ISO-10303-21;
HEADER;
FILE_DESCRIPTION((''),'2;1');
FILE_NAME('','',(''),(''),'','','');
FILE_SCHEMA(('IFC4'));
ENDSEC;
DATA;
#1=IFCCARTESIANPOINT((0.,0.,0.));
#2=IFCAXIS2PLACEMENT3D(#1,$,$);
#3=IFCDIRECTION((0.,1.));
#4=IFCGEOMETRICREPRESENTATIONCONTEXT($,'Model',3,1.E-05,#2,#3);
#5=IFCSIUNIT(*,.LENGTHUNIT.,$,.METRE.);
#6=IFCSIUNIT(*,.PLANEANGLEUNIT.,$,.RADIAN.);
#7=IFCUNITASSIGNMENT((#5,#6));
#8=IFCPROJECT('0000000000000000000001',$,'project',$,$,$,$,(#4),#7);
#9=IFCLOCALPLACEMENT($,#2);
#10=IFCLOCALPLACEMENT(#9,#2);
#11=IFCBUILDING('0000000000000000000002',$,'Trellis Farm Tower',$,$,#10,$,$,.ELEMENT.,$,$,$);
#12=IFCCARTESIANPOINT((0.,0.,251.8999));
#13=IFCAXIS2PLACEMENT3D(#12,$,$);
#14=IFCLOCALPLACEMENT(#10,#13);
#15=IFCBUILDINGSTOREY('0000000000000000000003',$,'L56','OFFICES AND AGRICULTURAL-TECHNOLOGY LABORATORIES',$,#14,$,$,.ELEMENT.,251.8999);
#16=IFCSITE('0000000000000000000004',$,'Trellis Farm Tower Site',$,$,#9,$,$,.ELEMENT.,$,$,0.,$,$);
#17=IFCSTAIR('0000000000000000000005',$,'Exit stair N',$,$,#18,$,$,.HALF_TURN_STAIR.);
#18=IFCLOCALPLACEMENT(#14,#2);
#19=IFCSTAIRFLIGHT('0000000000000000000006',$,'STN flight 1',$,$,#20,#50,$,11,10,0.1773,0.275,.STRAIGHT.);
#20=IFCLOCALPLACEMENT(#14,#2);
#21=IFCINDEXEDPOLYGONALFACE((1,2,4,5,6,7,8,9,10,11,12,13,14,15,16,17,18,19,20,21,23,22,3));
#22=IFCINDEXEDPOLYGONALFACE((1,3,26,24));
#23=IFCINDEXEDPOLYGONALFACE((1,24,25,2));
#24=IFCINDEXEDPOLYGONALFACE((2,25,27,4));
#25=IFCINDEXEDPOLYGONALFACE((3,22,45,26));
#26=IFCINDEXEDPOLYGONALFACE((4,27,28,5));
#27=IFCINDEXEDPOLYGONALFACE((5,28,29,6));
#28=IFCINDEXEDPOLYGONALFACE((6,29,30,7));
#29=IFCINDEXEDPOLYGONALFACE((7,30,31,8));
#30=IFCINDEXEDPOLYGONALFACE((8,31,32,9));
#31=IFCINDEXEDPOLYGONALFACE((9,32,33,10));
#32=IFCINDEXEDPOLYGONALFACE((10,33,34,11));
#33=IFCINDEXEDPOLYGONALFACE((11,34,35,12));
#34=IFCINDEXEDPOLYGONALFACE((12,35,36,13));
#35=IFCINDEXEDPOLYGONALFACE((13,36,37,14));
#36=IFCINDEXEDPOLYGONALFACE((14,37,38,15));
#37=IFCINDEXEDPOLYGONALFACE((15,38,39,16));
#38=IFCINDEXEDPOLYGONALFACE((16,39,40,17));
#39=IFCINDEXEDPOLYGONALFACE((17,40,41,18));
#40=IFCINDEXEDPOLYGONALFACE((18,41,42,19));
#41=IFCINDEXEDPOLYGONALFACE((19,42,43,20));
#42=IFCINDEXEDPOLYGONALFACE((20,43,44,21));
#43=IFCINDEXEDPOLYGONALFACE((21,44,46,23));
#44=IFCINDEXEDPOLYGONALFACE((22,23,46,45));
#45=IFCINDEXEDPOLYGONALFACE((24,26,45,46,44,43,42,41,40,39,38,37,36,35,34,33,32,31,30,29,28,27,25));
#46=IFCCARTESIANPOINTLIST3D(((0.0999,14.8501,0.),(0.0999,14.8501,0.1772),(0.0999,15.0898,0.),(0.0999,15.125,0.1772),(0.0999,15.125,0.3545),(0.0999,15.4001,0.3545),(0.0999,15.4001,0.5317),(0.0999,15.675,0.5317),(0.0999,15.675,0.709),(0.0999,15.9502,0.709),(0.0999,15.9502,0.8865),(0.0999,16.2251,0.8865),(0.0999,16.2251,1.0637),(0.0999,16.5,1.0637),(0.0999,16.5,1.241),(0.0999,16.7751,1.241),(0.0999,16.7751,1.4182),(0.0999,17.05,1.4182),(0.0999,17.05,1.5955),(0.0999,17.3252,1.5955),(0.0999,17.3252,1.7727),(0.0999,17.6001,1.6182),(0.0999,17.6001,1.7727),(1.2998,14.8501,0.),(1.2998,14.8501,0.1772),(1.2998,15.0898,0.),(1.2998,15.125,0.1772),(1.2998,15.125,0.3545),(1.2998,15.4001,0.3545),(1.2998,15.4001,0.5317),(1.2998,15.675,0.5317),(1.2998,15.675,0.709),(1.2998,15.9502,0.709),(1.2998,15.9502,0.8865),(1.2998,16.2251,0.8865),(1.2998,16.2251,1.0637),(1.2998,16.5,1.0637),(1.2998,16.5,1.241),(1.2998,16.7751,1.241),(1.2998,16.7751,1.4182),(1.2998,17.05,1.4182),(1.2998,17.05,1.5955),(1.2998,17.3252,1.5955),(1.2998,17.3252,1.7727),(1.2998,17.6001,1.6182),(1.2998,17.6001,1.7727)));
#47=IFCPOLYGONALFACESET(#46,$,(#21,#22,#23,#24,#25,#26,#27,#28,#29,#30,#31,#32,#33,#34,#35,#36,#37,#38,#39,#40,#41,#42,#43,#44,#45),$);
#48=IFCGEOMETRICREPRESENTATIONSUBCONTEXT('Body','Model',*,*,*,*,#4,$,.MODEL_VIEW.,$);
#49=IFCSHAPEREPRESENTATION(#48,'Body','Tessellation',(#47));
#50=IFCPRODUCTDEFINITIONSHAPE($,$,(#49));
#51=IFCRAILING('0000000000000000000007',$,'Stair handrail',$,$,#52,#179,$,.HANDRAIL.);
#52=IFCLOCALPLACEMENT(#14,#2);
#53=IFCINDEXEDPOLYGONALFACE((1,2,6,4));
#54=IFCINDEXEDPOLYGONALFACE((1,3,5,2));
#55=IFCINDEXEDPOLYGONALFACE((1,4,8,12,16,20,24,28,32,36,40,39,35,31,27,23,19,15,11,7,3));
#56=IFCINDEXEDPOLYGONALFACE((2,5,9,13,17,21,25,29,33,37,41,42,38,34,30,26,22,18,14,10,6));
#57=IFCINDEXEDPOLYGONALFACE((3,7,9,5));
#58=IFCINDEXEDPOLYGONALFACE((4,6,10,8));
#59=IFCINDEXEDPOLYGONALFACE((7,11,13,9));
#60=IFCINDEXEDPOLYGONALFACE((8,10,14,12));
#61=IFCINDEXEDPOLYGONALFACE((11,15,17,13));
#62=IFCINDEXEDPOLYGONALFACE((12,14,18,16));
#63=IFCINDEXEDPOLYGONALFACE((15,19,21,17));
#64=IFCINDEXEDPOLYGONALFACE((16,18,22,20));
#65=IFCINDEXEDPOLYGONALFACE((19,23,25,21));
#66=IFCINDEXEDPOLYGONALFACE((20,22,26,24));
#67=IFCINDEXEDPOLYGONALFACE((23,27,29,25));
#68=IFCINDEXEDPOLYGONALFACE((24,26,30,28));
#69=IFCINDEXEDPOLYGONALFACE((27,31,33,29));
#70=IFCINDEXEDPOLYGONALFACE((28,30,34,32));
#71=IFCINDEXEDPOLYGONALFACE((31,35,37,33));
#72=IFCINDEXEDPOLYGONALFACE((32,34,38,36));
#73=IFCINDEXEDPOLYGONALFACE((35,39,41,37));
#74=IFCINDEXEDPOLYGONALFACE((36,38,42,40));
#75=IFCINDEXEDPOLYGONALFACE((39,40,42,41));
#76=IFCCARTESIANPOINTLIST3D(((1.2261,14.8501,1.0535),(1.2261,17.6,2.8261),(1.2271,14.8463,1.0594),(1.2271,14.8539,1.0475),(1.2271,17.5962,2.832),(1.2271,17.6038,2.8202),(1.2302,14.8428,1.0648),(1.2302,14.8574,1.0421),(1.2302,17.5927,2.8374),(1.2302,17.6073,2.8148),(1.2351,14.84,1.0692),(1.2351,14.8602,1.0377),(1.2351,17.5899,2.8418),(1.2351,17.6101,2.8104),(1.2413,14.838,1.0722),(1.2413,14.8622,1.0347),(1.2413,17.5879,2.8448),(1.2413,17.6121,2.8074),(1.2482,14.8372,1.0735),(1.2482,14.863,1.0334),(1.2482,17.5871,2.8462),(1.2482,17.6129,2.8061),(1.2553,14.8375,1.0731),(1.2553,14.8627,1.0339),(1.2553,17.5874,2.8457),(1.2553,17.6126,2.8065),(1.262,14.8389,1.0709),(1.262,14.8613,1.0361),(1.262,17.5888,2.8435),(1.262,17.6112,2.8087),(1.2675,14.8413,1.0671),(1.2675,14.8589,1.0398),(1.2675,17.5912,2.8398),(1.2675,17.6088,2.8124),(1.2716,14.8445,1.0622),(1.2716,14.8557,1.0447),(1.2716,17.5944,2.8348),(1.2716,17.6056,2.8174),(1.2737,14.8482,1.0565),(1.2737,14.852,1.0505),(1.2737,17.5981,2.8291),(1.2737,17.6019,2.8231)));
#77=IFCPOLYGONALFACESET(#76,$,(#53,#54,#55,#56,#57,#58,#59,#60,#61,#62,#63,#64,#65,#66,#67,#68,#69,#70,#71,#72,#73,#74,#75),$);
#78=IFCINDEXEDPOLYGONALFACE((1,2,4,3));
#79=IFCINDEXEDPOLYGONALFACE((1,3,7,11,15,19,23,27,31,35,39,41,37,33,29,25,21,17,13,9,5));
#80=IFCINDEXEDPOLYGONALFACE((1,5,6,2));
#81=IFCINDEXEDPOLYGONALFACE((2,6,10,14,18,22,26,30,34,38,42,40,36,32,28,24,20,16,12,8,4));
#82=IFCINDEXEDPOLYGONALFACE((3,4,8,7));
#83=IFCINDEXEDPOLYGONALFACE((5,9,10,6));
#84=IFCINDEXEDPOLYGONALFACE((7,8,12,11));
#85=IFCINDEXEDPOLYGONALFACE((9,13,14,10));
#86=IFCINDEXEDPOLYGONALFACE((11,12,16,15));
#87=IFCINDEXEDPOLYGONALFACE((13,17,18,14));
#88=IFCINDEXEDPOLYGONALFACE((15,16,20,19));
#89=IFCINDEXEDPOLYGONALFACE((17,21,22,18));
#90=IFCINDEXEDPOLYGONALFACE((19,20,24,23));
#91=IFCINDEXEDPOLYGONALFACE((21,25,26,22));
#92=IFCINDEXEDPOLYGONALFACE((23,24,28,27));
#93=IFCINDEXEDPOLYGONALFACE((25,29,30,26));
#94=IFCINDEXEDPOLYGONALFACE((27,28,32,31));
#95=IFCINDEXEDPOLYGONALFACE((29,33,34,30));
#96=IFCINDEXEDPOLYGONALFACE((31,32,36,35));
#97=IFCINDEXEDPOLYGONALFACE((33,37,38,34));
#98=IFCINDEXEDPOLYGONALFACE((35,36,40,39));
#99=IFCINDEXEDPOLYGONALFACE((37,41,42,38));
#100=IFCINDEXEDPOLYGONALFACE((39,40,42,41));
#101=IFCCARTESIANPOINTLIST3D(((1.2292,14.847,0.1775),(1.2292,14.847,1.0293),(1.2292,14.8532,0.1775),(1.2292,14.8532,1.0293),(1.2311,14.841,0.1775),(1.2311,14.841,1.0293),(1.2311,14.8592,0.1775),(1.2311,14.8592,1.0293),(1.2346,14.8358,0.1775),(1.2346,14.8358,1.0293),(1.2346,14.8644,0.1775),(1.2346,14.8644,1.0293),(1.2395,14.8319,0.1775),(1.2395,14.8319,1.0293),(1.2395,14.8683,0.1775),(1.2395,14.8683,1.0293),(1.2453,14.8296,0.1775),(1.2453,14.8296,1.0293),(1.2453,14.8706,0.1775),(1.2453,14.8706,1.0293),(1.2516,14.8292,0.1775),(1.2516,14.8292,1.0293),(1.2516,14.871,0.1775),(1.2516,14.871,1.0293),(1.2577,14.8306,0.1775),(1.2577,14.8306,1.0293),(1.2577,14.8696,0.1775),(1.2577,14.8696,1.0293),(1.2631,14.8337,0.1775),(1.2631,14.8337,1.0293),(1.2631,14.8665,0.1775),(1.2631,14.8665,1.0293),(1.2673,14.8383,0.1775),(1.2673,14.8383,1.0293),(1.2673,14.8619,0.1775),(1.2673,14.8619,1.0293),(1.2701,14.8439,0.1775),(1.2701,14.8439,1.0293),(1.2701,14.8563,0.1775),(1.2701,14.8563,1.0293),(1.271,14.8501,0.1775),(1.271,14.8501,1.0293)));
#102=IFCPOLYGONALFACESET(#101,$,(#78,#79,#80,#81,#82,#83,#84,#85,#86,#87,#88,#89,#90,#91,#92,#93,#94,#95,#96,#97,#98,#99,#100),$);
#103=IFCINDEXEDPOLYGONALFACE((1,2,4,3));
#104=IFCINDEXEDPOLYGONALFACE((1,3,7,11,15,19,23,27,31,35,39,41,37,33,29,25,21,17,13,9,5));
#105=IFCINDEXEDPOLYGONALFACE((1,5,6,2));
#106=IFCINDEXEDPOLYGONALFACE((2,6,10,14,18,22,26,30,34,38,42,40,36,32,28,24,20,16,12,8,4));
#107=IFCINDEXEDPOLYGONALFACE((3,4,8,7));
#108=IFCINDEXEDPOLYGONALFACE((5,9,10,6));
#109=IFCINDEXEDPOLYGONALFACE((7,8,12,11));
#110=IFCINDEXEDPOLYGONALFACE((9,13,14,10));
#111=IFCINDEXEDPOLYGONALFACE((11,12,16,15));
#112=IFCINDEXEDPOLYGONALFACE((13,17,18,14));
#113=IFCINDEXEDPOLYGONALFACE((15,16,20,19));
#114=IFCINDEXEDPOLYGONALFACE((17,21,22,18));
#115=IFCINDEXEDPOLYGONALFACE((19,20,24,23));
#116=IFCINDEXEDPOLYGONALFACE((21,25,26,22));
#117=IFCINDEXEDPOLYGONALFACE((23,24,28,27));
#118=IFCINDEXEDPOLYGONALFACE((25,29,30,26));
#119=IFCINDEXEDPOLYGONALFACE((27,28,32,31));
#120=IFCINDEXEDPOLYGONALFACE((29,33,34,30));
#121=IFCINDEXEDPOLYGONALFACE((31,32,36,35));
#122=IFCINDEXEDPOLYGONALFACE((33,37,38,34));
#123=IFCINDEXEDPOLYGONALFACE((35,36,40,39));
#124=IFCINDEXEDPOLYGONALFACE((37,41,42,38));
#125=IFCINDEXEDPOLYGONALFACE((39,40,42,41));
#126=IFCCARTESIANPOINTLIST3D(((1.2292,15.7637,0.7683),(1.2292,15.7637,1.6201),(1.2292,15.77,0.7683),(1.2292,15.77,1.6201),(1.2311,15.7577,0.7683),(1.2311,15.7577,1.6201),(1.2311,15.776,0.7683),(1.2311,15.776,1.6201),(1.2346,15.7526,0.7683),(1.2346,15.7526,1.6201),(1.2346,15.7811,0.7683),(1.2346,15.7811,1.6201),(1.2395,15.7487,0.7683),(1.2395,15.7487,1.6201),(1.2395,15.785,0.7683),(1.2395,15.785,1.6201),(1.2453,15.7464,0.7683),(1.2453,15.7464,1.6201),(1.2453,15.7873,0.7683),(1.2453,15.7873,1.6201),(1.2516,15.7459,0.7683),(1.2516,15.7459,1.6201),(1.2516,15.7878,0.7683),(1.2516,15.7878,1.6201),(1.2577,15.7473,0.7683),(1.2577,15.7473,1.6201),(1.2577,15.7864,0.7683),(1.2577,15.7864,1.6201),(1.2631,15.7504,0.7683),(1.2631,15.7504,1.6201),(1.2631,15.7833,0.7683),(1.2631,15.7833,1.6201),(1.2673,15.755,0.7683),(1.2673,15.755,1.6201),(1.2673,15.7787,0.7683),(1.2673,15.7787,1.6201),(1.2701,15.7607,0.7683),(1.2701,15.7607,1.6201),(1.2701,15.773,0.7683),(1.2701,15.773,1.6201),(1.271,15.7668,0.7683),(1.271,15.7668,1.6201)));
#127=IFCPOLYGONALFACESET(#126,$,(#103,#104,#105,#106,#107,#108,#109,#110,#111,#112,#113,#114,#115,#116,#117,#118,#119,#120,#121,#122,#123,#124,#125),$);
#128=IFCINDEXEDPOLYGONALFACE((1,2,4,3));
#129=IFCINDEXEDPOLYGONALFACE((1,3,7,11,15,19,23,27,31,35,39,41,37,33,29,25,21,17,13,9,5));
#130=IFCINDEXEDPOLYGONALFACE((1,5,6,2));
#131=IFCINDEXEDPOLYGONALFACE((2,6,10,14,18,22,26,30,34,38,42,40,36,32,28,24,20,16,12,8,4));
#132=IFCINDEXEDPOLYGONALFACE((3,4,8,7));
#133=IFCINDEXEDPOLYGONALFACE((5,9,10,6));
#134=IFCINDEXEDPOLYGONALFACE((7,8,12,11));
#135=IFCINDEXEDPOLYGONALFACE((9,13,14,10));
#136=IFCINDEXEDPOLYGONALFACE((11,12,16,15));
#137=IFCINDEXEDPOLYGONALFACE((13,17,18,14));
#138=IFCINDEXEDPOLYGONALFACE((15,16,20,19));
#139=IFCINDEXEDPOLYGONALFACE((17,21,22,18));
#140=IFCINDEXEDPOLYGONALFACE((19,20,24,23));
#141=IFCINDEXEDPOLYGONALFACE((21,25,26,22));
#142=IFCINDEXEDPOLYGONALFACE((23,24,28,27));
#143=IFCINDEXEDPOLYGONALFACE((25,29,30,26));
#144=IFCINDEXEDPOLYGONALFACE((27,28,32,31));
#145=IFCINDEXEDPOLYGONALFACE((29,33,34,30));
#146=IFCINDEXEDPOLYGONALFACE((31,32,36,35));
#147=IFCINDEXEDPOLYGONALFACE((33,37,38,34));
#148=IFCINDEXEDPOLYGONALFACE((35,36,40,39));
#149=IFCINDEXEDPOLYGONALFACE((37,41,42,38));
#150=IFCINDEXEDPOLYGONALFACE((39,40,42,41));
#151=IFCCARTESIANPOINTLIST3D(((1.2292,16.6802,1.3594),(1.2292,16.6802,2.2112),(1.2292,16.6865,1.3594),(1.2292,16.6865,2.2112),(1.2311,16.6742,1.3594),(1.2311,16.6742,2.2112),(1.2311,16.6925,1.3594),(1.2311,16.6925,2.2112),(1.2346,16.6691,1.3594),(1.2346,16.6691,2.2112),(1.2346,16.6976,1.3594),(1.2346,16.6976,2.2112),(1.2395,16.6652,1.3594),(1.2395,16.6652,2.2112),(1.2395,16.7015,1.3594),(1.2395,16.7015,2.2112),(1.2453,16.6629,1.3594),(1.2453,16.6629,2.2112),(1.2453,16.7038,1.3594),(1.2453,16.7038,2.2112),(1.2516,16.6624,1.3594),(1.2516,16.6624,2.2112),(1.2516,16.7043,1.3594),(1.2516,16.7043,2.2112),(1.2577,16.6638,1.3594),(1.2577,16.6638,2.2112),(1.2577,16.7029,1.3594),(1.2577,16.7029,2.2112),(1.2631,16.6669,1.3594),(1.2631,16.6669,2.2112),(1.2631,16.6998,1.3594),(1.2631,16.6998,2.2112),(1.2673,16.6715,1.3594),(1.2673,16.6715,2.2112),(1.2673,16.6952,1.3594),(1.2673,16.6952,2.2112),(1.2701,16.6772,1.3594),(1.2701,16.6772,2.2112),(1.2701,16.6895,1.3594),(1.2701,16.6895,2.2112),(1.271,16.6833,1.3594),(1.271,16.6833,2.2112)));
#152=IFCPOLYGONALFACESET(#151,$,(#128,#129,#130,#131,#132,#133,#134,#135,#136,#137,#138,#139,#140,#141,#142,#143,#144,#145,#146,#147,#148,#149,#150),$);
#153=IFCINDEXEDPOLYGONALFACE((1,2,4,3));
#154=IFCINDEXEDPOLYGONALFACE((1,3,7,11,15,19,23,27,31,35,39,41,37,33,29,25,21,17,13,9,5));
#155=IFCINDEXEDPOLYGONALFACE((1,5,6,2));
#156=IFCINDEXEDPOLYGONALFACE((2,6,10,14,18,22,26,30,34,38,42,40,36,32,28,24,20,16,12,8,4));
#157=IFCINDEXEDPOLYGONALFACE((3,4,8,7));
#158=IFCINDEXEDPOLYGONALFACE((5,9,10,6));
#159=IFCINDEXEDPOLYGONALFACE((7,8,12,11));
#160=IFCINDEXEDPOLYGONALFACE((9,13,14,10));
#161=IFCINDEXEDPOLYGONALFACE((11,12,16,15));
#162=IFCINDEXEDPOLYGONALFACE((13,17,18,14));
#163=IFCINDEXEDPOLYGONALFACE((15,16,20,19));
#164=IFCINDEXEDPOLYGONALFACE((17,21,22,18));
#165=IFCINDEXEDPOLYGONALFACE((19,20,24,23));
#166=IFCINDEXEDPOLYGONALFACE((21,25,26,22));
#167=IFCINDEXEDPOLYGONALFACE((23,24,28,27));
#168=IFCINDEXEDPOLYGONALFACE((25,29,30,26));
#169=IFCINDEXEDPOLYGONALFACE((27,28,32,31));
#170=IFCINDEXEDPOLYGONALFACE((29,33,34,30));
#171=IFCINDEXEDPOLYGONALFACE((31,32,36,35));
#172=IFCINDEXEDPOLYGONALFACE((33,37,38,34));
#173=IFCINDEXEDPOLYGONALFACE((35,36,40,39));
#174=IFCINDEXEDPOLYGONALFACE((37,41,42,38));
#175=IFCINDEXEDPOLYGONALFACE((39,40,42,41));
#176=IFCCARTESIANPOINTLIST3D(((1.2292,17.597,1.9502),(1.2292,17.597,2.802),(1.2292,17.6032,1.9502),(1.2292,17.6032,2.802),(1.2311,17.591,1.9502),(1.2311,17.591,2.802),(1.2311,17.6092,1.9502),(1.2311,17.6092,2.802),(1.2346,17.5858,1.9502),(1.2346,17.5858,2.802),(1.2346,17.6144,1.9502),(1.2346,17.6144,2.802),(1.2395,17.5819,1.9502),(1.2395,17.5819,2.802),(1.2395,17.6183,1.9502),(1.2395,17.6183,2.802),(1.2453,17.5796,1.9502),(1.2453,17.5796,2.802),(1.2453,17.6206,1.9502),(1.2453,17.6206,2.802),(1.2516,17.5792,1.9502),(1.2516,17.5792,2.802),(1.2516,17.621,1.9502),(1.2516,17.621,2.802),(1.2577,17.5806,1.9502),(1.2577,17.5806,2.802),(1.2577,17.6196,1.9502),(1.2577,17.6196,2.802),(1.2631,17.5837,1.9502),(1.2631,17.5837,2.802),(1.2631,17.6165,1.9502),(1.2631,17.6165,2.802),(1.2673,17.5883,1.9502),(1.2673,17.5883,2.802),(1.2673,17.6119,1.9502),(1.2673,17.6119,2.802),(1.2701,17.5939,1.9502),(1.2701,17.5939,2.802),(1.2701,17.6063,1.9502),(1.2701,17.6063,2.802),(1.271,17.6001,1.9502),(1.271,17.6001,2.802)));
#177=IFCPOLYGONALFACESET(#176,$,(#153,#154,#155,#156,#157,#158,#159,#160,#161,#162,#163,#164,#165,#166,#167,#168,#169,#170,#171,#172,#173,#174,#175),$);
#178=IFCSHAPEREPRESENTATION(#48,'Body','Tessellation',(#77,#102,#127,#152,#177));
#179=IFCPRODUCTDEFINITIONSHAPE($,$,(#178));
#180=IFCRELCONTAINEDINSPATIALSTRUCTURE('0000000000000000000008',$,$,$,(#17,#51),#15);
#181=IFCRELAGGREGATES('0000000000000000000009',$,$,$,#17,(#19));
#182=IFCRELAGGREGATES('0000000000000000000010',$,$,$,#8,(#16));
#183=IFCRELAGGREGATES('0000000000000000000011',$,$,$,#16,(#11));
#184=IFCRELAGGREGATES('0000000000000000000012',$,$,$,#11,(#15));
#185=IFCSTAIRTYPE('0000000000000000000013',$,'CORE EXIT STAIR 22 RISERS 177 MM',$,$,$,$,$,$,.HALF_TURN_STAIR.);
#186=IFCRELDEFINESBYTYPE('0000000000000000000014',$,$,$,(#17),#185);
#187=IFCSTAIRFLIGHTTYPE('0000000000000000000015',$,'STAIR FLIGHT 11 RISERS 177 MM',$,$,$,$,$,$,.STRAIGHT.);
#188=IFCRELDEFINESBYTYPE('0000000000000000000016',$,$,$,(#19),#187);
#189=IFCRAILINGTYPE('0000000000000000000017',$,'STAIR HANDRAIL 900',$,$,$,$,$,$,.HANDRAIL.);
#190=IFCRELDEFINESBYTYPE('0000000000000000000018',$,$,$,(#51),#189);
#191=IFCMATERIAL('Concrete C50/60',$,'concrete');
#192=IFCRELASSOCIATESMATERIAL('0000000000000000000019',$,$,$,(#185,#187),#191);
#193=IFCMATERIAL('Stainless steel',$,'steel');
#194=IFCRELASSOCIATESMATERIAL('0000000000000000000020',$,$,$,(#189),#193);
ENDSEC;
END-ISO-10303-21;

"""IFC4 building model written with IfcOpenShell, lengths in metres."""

from ifc_helpers import new_model, si_unit, direction, frame, origin, origin_2d, place, context, subcontext, project, spatial, polyline, circle, outline, extrude, source, transform, mapped, material, type_object, element, aggregate, save


model = new_model("IFC4")

# Units and contexts
model_context = context("Model", 3, precision=1e-05, world=origin(), true_north=direction((0.0, 1.0)))
body_context = subcontext(model_context, "Body", "Model", "MODEL_VIEW")
ifc_project = project(units=[si_unit("LENGTHUNIT", "METRE"), si_unit("PLANEANGLEUNIT", "RADIAN")], contexts=[model_context])

# Site, building, storey
site_placement = place(None, origin())
site = spatial("IfcSite", under=ifc_project, at=site_placement, Name="Trellis Farm Tower Site", CompositionType="ELEMENT", RefElevation=0.0)
building_placement = place(site_placement, origin())
building = spatial("IfcBuilding", under=site, at=building_placement, Name="Trellis Farm Tower", CompositionType="ELEMENT")
storey_placement = place(building_placement, frame((0.0, 0.0, 251.8999)))
storey = spatial("IfcBuildingStorey", under=building, at=storey_placement, Name="L56", Description="OFFICES AND AGRICULTURAL-TECHNOLOGY LABORATORIES", CompositionType="ELEMENT", Elevation=251.8999)

# Shared definitions
placement_1 = place(storey_placement, origin())

# Stair, stair flight
ifc_material_1 = material(Name="Concrete C50/60", Category="concrete")
stair_type = type_object("IfcStairType", Name="CORE EXIT STAIR 22 RISERS 177 MM", PredefinedType="HALF_TURN_STAIR", material=ifc_material_1)
stair = element("IfcStair", 1, at=placement_1, inside=storey, type_object=stair_type, Name="Exit stair N", PredefinedType="HALF_TURN_STAIR")
stair_flight_type = type_object("IfcStairFlightType", Name="STAIR FLIGHT 11 RISERS 177 MM", PredefinedType="STRAIGHT", material=ifc_material_1)
shared_shape_1 = source(origin(), body_context, "Body", "SweptSolid", [
    extrude(outline(polyline([(0.0, 0.0), (0.0, 0.1772), (0.2749, 0.1772), (0.2749, 0.3545), (0.55, 0.3545), (0.55, 0.5317), (0.825, 0.5317), (0.825, 0.709), (1.1001, 0.709), (1.1001, 0.8865), (1.375, 0.8865), (1.375, 1.0637), (1.6499, 1.0637), (1.6499, 1.241), (1.925, 1.241), (1.925, 1.4182), (2.2, 1.4182), (2.2, 1.5955), (2.4751, 1.5955), (2.4751, 1.7727), (2.75, 1.7727), (2.75, 1.95), (2.75, 1.6182), (0.2397, 0.0), (0.0, 0.0)])), frame((0.0, 0.6001, 0.0), z_axis=(0.0, -1.0, 0.0), x_axis=(1.0, 0.0, 0.0)), (0.0, 0.0, 1.0), 1.2),
])
stair_flight_placement = place(storey_placement, frame((0.7, 14.8501, 0.0), z_axis=(0.0, 0.0, 1.0), x_axis=(0.0, 1.0, 0.0)))
stair_flight = element("IfcStairFlight", 2, at=stair_flight_placement, type_object=stair_flight_type, Name="STN flight 1", NumberOfRisers=11, NumberOfTreads=10, PredefinedType="STRAIGHT", RiserHeight=0.1773, TreadLength=0.275, context=body_context, shape_type="MappedRepresentation", body=[
    mapped(shared_shape_1, transform((0.0, 0.0, 0.0))),
])
aggregate(stair, [stair_flight])

# Railing
ifc_material_2 = material(Name="Stainless steel", Category="steel")
railing_type = type_object("IfcRailingType", Name="STAIR HANDRAIL 900", PredefinedType="HANDRAIL", material=ifc_material_2)
shared_shape_2 = source(origin(), body_context, "Body", "SweptSolid", [
    extrude(circle(Radius=0.0239, at=origin_2d()), frame((0.0, 0.0, 0.876), z_axis=(0.0, 0.840504, 0.541806), x_axis=(-1.0, 0.0, 0.0)), (0.0, 0.0, 1.0), 3.2717),
    extrude(circle(Radius=0.021, at=origin_2d()), origin(), (0.0, 0.0, 1.0), 0.8518),
    extrude(circle(Radius=0.021, at=origin_2d()), frame((0.0, 0.9167, 0.5908)), (0.0, 0.0, 1.0), 0.8518),
    extrude(circle(Radius=0.021, at=origin_2d()), frame((0.0, 1.8333, 1.1819)), (0.0, 0.0, 1.0), 0.8518),
    extrude(circle(Radius=0.021, at=origin_2d()), frame((0.0, 2.75, 1.7727)), (0.0, 0.0, 1.0), 0.8518),
])
railing_placement = place(storey_placement, frame((1.25, 14.8501, 0.1775)))
element("IfcRailing", 3, at=railing_placement, inside=storey, type_object=railing_type, Name="Stair handrail", PredefinedType="HANDRAIL", context=body_context, shape_type="MappedRepresentation", body=[
    mapped(shared_shape_2, transform((0.0, 0.0, 0.0))),
])

save(model, "model.ifc")
